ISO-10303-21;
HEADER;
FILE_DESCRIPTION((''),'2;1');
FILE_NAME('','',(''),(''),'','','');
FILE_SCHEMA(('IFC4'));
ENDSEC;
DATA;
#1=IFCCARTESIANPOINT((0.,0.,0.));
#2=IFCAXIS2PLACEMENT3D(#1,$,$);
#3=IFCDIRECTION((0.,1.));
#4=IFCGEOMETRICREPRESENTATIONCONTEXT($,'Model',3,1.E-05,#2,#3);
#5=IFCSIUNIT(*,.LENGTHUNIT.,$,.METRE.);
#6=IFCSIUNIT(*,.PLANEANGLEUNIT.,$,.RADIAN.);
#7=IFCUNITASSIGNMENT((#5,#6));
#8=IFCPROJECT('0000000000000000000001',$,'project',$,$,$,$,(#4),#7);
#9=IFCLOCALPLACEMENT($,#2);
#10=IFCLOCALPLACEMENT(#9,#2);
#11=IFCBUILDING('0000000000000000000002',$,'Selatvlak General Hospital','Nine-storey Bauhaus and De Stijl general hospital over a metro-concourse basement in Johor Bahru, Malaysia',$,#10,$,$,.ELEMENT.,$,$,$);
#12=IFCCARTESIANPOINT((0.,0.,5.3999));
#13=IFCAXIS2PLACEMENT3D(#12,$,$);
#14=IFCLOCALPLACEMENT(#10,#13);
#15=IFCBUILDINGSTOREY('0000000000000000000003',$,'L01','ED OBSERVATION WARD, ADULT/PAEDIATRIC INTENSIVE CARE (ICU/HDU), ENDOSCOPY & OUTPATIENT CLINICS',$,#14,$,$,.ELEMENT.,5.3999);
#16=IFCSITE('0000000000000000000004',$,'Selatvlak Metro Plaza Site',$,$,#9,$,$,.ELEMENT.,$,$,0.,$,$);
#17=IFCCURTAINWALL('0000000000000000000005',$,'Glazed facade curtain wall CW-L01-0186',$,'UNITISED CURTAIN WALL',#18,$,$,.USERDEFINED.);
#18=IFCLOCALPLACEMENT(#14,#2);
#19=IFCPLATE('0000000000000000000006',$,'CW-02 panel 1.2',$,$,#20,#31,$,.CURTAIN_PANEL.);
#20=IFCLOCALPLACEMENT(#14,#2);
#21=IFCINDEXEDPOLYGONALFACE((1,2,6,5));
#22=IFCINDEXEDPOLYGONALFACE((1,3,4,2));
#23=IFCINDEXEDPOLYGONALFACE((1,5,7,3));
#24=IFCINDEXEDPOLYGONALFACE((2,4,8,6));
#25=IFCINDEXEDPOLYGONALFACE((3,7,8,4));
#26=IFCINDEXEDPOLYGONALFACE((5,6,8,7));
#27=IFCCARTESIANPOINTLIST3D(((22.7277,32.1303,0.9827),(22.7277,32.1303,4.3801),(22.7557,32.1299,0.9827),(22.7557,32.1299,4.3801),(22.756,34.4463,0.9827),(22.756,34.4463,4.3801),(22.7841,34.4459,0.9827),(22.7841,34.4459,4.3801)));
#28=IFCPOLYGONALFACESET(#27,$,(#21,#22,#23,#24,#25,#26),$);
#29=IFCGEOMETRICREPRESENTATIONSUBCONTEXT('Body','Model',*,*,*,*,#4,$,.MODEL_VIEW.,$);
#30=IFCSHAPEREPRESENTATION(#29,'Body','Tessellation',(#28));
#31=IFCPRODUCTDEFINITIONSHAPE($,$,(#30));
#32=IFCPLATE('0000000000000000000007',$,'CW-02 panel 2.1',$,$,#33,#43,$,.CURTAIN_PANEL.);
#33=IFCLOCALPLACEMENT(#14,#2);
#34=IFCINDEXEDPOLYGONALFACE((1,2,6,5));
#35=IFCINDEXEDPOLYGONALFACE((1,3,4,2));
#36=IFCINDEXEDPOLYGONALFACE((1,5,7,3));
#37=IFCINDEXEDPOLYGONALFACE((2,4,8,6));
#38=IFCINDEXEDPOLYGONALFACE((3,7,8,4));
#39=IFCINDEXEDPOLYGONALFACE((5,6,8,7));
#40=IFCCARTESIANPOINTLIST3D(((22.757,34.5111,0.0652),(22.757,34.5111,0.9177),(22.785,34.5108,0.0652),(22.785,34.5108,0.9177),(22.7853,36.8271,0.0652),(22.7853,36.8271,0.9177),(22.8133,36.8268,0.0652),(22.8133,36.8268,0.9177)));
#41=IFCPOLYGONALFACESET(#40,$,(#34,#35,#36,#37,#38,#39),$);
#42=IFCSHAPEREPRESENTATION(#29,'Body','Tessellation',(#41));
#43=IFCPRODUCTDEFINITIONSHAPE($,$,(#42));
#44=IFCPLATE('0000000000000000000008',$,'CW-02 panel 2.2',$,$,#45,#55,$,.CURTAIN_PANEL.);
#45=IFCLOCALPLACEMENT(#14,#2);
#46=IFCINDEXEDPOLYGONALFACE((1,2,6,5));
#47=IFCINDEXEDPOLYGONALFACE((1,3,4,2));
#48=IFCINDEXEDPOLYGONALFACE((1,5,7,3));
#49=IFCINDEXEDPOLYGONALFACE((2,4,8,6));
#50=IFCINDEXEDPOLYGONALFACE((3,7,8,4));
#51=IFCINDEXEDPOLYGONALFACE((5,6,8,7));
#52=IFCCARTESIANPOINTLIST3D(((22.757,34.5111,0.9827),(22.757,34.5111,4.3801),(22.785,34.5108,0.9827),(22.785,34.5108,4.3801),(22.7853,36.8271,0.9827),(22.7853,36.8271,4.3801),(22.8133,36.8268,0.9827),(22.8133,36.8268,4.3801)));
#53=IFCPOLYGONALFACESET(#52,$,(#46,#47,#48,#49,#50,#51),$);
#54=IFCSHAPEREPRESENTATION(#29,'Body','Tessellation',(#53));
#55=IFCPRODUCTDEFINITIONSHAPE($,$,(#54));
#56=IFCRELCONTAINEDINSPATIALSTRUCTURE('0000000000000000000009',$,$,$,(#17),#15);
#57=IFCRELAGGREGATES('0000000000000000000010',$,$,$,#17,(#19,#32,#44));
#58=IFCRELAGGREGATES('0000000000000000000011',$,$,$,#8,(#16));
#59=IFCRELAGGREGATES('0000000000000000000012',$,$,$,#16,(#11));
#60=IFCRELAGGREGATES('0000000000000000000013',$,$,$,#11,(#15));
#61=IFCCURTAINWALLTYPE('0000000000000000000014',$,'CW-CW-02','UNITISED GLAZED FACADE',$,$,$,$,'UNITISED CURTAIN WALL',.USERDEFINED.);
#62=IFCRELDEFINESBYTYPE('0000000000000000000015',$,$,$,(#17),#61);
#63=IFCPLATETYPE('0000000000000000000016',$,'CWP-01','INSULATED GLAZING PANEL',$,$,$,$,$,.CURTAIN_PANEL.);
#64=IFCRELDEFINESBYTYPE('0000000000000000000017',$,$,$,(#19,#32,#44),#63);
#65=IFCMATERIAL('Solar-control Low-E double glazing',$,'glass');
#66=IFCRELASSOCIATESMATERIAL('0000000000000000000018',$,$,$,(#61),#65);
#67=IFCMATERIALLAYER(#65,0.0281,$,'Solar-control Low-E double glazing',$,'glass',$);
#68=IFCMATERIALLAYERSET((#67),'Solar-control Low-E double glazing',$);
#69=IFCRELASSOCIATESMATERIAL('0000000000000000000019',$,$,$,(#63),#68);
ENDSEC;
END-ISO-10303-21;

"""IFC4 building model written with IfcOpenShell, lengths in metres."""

from ifc_helpers import new_model, si_unit, direction, frame, origin, origin_2d, place, context, subcontext, project, spatial, rectangle, extrude, material, layer, layer_set, type_object, element, aggregate, save


model = new_model("IFC4")

# Units and contexts
model_context = context("Model", 3, precision=1e-05, world=origin(), true_north=direction((0.0, 1.0)))
body_context = subcontext(model_context, "Body", "Model", "MODEL_VIEW")
ifc_project = project(units=[si_unit("LENGTHUNIT", "METRE"), si_unit("PLANEANGLEUNIT", "RADIAN")], contexts=[model_context])

# Site, building, storey
site_placement = place(None, origin())
site = spatial("IfcSite", under=ifc_project, at=site_placement, Name="Selatvlak Metro Plaza Site", CompositionType="ELEMENT", RefElevation=0.0)
building_placement = place(site_placement, origin())
building = spatial("IfcBuilding", under=site, at=building_placement, Name="Selatvlak General Hospital", Description="Nine-storey Bauhaus and De Stijl general hospital over a metro-concourse basement in Johor Bahru, Malaysia", CompositionType="ELEMENT")
storey_placement = place(building_placement, frame((0.0, 0.0, 5.3999)))
storey = spatial("IfcBuildingStorey", under=building, at=storey_placement, Name="L01", Description="ED OBSERVATION WARD, ADULT/PAEDIATRIC INTENSIVE CARE (ICU/HDU), ENDOSCOPY & OUTPATIENT CLINICS", CompositionType="ELEMENT", Elevation=5.3999)

# Curtain wall
ifc_material_1 = material(Name="Solar-control Low-E double glazing", Category="glass")
curtain_wall_type_1 = type_object("IfcCurtainWallType", Name="CW-CW-02", Description="UNITISED GLAZED FACADE", ElementType="UNITISED CURTAIN WALL", PredefinedType="USERDEFINED", material=ifc_material_1)
curtain_wall_1_placement = place(storey_placement, origin())
curtain_wall_1 = element("IfcCurtainWall", 1, at=curtain_wall_1_placement, inside=storey, type_object=curtain_wall_type_1, Name="Glazed facade curtain wall CW-L01-0186", ObjectType="UNITISED CURTAIN WALL", PredefinedType="USERDEFINED")

# Plates
ifc_layer = layer(ifc_material_1, 0.0281, Name="Solar-control Low-E double glazing", Category="glass")
ifc_layer_set = layer_set([ifc_layer], Name="Solar-control Low-E double glazing")
plate_type = type_object("IfcPlateType", Name="CWP-01", Description="INSULATED GLAZING PANEL", PredefinedType="CURTAIN_PANEL", material=ifc_layer_set)
plate_1_placement = place(storey_placement, frame((22.7559, 33.2881, 0.9827), z_axis=(0.0, 0.0, 1.0), x_axis=(0.012222, 0.999925, 0.0)))
plate_1 = element("IfcPlate", 2, at=plate_1_placement, type_object=plate_type, Name="CW-02 panel 1.2", PredefinedType="CURTAIN_PANEL", context=body_context, shape_type="SweptSolid", body=[
    extrude(rectangle(XDim=2.3162, YDim=0.0281, at=origin_2d()), origin(), (0.0, 0.0, 1.0), 3.3975),
])
plate_2_placement = place(storey_placement, frame((22.7852, 35.6689, 0.0652), z_axis=(0.0, 0.0, 1.0), x_axis=(0.012222, 0.999925, 0.0)))
plate_2 = element("IfcPlate", 3, at=plate_2_placement, type_object=plate_type, Name="CW-02 panel 2.1", PredefinedType="CURTAIN_PANEL", context=body_context, shape_type="SweptSolid", body=[
    extrude(rectangle(XDim=2.3162, YDim=0.0281, at=origin_2d()), origin(), (0.0, 0.0, 1.0), 0.8525),
])
plate_3_placement = place(storey_placement, frame((22.7852, 35.6689, 0.9827), z_axis=(0.0, 0.0, 1.0), x_axis=(0.012222, 0.999925, 0.0)))
plate_3 = element("IfcPlate", 4, at=plate_3_placement, type_object=plate_type, Name="CW-02 panel 2.2", PredefinedType="CURTAIN_PANEL", context=body_context, shape_type="SweptSolid", body=[
    extrude(rectangle(XDim=2.3162, YDim=0.0281, at=origin_2d()), origin(), (0.0, 0.0, 1.0), 3.3975),
])
aggregate(curtain_wall_1, [plate_1, plate_2, plate_3])

save(model, "model.ifc")
